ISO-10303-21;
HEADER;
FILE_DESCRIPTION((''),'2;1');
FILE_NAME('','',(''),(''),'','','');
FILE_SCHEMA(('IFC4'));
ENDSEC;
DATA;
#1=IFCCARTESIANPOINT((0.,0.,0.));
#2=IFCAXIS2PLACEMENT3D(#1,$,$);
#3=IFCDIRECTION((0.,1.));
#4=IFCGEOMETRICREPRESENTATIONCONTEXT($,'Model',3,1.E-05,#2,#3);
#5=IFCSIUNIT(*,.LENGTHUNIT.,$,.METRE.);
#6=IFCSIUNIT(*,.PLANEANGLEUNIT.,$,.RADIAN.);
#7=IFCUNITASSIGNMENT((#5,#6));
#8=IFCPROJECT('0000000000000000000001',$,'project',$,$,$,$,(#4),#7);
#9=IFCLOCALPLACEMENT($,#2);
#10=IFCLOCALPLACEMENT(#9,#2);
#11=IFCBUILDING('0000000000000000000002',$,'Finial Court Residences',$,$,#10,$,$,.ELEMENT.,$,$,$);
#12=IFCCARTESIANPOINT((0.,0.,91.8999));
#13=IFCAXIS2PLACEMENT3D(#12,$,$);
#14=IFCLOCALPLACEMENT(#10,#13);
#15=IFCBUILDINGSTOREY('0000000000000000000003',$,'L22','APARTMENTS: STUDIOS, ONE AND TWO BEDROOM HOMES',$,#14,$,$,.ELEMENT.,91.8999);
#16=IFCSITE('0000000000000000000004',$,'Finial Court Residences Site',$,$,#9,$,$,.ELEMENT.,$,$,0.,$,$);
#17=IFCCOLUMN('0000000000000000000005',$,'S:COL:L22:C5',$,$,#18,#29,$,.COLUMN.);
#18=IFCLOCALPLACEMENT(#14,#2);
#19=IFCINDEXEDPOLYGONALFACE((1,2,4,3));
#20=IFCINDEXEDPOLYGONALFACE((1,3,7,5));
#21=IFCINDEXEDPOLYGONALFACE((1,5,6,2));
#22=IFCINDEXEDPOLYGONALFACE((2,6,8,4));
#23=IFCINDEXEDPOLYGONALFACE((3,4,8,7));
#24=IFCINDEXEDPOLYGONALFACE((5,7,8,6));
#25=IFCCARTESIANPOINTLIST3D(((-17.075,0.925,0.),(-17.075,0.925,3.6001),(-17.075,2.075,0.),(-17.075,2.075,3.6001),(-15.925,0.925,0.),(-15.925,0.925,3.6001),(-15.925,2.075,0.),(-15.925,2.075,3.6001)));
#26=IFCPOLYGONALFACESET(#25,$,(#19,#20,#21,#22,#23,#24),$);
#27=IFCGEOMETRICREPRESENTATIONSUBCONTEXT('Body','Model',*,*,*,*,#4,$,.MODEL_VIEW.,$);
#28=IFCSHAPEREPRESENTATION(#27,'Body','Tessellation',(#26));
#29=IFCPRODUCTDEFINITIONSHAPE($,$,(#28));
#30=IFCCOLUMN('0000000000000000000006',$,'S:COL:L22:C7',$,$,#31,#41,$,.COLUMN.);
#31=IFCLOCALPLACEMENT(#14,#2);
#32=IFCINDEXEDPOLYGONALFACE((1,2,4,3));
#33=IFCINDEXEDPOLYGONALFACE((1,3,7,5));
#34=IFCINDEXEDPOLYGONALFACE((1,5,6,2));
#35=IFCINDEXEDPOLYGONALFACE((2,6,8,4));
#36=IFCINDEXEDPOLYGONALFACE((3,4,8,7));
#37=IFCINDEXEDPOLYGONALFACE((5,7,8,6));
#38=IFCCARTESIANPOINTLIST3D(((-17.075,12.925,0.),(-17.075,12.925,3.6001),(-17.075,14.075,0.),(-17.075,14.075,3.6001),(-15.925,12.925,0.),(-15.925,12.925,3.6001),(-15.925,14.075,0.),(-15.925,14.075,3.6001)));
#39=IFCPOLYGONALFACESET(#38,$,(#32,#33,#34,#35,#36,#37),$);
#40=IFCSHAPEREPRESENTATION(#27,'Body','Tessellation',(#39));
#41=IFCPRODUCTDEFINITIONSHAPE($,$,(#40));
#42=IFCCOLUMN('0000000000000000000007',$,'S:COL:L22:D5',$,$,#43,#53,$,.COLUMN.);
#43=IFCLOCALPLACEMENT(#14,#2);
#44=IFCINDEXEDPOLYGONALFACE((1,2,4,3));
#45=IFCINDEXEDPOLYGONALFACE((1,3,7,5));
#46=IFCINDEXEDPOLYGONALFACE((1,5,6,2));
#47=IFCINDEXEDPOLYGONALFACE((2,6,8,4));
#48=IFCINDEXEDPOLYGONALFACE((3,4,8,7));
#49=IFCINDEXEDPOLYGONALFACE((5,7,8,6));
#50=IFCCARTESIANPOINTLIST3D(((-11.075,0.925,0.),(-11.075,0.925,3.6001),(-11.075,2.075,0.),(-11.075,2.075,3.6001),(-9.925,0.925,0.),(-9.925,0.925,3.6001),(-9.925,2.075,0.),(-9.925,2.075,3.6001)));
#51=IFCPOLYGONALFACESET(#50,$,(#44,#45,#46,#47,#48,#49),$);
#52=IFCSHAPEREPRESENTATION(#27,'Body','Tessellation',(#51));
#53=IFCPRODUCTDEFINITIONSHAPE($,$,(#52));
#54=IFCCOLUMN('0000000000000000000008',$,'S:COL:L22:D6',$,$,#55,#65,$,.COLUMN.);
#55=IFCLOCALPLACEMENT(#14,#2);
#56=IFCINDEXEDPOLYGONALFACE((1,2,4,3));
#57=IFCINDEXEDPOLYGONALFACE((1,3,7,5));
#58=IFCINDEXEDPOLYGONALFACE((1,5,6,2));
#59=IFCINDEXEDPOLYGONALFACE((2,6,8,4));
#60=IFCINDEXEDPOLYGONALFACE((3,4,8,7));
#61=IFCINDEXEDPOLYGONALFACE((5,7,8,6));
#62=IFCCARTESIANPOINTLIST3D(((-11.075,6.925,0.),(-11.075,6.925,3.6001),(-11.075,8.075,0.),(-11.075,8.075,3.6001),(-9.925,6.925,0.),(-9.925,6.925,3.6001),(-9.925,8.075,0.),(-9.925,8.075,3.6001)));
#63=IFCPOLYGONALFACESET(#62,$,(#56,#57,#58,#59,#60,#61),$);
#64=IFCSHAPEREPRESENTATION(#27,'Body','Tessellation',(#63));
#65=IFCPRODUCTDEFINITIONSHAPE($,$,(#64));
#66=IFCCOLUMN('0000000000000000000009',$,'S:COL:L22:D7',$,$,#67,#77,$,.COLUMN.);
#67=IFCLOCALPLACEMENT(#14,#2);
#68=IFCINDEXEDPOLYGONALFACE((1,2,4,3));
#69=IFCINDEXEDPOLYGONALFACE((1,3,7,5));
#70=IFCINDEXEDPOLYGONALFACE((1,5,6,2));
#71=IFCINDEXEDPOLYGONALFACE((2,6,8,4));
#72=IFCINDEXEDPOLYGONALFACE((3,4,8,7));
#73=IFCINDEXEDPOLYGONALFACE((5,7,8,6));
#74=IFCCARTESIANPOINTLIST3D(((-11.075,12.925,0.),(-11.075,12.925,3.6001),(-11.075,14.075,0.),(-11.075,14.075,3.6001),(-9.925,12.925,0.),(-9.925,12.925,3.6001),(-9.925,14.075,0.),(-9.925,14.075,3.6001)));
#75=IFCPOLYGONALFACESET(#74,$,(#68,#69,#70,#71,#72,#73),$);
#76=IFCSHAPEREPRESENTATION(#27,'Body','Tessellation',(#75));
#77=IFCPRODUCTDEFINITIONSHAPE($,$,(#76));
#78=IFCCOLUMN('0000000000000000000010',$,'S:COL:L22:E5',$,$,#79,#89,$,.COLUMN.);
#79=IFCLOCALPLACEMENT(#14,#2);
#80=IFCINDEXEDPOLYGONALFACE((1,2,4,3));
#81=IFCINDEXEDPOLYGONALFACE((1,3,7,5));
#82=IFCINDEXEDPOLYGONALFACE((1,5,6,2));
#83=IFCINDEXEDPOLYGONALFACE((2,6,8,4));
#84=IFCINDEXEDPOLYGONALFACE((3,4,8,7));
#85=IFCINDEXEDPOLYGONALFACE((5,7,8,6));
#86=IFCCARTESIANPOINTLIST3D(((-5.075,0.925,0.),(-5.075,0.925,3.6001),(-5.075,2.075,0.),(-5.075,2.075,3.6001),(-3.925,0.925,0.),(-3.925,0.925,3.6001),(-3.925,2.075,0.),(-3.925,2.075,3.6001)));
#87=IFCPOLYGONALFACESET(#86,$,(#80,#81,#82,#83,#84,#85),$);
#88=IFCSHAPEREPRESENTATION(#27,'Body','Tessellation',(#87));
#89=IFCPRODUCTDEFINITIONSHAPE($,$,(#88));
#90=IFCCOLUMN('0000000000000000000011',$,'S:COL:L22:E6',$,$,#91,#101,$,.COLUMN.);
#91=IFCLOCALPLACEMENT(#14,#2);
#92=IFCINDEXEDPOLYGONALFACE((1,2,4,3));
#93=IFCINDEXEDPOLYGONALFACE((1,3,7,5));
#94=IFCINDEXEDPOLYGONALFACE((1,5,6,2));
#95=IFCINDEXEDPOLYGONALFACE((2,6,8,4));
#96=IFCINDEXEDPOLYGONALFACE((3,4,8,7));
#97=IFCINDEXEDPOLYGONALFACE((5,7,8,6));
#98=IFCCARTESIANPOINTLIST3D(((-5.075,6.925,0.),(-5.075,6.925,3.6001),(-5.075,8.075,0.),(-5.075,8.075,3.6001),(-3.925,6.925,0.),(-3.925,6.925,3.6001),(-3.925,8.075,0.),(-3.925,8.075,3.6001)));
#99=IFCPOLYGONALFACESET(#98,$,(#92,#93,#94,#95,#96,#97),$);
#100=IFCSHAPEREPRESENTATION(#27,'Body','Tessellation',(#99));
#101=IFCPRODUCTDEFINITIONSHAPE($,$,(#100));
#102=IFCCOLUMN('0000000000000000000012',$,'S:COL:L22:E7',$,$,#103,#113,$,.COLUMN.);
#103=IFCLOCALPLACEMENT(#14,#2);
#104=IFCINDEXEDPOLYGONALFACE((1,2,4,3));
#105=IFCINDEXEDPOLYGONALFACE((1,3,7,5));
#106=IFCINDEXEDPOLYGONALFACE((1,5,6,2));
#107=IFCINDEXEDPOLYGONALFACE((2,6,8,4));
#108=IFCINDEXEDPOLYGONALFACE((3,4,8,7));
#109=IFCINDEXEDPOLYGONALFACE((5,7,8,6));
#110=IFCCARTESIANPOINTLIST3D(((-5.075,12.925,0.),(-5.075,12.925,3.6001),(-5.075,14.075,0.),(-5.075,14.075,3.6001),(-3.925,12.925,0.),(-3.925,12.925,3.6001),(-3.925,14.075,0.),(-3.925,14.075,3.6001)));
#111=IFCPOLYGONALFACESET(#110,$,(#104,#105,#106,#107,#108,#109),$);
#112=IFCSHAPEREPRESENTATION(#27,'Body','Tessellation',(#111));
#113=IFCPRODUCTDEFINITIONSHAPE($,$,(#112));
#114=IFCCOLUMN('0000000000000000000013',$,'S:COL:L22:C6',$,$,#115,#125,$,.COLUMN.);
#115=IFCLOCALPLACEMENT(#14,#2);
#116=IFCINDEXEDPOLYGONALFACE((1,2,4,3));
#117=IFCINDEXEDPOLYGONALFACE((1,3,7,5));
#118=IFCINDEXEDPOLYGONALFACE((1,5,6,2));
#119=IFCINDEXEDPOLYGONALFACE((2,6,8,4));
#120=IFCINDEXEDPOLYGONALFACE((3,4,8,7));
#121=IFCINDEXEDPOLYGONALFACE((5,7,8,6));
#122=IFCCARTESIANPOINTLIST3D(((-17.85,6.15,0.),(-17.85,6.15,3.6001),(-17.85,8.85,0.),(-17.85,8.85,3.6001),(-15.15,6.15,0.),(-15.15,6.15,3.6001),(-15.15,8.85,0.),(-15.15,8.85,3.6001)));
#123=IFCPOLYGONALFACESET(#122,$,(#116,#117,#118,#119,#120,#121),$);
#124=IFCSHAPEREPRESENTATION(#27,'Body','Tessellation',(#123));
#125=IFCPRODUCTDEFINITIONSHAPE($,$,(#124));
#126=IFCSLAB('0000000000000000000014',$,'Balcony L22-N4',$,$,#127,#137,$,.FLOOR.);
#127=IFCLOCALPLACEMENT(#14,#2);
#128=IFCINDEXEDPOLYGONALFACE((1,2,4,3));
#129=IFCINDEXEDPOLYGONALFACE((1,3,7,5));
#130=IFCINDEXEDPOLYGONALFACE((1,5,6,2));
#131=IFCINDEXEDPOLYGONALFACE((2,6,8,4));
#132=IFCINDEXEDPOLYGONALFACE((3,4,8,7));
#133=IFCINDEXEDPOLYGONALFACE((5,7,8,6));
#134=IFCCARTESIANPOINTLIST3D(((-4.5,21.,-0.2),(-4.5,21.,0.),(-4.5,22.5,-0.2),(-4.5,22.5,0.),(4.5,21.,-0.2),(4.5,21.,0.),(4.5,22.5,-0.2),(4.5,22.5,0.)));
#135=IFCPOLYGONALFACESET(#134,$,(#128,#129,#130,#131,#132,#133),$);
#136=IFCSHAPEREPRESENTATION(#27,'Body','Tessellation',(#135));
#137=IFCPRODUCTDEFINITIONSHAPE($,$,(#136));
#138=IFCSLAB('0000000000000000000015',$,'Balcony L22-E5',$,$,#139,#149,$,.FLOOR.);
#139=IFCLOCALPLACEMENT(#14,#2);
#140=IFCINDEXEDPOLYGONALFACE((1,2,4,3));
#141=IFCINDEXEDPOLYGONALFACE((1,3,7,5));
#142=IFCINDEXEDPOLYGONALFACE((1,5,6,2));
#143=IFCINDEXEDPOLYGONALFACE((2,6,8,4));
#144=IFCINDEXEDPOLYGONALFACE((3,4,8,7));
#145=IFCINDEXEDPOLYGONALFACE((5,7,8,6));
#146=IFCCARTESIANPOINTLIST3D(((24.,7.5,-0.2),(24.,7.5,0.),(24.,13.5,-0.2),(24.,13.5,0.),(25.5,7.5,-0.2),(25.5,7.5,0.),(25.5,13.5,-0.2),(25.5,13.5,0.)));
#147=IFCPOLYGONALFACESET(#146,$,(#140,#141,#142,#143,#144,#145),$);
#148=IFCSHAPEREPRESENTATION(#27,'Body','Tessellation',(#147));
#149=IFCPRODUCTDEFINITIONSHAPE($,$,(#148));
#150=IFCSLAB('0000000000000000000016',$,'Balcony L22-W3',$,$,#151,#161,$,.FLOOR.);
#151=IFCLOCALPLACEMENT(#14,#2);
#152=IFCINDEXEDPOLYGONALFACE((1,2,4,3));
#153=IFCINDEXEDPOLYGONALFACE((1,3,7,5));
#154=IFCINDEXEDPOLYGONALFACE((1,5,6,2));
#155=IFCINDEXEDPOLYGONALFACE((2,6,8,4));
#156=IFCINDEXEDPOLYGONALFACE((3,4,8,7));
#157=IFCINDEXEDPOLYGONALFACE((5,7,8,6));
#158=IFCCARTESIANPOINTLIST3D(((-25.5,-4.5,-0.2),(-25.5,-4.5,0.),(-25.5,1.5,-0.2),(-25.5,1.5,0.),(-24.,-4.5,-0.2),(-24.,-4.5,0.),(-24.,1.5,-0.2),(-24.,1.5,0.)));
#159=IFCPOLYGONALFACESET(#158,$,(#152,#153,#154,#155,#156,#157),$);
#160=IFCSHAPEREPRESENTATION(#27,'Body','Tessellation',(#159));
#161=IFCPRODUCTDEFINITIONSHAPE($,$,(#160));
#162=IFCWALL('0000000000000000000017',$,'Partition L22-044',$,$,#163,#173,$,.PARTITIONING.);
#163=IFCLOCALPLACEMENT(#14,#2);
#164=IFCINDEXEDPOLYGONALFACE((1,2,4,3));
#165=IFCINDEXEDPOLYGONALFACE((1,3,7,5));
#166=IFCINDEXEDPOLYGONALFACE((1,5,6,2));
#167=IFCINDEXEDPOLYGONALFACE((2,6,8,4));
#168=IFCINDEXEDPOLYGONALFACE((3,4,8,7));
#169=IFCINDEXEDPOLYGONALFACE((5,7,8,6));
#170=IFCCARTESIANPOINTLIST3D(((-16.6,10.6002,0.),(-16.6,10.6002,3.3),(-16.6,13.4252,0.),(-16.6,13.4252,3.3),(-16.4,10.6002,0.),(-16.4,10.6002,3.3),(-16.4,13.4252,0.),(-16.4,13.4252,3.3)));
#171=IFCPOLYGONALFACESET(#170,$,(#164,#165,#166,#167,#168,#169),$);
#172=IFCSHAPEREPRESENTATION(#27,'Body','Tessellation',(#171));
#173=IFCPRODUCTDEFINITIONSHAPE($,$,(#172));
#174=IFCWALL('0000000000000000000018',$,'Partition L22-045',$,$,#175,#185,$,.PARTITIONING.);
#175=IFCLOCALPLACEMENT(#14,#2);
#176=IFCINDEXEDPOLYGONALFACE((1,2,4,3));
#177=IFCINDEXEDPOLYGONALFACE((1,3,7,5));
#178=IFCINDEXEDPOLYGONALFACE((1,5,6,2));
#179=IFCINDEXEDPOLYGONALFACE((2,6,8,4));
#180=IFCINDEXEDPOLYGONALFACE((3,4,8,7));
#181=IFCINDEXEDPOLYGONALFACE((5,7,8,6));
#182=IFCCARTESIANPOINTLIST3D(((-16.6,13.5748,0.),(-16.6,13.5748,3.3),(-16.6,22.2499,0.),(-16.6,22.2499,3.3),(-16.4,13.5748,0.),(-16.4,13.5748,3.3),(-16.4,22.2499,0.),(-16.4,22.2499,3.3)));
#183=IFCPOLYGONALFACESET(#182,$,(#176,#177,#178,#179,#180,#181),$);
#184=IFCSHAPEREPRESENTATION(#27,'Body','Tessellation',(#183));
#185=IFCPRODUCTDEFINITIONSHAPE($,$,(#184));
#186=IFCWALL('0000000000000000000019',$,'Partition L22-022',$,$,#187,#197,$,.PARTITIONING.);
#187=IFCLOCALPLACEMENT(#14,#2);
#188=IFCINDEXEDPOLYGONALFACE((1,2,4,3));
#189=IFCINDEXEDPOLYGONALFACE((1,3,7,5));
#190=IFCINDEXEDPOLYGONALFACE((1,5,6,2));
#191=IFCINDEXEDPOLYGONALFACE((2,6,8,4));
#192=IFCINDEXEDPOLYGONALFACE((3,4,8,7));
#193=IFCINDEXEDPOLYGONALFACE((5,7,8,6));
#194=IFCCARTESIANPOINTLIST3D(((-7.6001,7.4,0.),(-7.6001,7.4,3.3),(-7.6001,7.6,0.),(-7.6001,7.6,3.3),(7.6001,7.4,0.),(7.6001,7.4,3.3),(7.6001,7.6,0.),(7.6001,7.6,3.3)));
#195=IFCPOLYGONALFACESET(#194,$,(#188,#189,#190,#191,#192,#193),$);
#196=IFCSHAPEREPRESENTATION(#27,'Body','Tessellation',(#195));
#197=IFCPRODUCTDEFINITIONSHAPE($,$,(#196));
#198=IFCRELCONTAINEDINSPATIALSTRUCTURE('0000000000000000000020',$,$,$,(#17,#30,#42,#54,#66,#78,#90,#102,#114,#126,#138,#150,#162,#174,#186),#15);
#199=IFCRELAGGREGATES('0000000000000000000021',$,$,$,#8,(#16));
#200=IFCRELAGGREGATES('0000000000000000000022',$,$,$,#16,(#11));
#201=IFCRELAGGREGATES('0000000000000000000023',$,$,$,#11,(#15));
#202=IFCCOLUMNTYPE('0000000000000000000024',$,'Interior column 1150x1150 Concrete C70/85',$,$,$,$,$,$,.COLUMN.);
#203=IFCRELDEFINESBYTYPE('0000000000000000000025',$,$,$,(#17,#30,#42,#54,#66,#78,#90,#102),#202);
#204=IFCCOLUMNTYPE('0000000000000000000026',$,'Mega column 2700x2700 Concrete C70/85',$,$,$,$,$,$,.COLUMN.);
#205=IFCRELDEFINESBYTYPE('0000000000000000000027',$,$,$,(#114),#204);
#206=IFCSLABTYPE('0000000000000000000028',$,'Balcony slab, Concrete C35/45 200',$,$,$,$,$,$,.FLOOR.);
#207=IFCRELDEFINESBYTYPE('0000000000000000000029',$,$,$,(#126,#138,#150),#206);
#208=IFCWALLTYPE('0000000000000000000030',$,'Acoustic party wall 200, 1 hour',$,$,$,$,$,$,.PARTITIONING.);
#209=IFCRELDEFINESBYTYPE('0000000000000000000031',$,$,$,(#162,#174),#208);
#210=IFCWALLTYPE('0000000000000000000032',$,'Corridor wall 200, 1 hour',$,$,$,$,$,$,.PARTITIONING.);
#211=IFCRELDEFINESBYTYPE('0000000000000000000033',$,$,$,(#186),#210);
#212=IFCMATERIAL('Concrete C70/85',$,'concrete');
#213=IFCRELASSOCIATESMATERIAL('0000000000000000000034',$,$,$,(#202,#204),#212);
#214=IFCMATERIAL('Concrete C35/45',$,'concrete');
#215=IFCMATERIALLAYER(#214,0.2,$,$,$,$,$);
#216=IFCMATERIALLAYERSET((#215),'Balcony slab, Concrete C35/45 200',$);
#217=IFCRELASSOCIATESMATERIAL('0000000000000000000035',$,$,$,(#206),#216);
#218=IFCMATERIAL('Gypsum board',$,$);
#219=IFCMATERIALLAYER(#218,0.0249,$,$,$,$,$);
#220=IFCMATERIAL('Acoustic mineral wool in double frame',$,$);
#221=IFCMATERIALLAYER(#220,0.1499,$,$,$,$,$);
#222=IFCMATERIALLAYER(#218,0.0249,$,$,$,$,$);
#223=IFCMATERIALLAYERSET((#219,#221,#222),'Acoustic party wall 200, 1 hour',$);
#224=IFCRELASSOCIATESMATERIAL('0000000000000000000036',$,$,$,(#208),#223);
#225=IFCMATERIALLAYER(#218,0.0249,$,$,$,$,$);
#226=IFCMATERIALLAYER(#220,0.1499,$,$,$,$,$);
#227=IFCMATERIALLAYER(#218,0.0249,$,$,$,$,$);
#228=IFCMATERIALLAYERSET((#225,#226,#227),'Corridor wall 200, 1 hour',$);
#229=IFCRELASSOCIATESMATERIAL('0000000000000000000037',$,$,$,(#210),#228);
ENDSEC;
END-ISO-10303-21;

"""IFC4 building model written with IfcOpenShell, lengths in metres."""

from ifc_helpers import new_model, si_unit, direction, frame, frame_2d, origin, origin_2d, place, context, subcontext, project, spatial, polyline, rectangle, outline, extrude, material, layer, layer_set, material_profile, profile_set, type_object, element, save


model = new_model("IFC4")

# Units and contexts
model_context = context("Model", 3, precision=1e-05, world=origin(), true_north=direction((0.0, 1.0)))
body_context = subcontext(model_context, "Body", "Model", "MODEL_VIEW")
ifc_project = project(units=[si_unit("LENGTHUNIT", "METRE"), si_unit("PLANEANGLEUNIT", "RADIAN")], contexts=[model_context])

# Site, building, storey
site_placement = place(None, origin())
site = spatial("IfcSite", under=ifc_project, at=site_placement, Name="Finial Court Residences Site", CompositionType="ELEMENT", RefElevation=0.0)
building_placement = place(site_placement, origin())
building = spatial("IfcBuilding", under=site, at=building_placement, Name="Finial Court Residences", CompositionType="ELEMENT")
storey_placement = place(building_placement, frame((0.0, 0.0, 91.8999)))
storey = spatial("IfcBuildingStorey", under=building, at=storey_placement, Name="L22", Description="APARTMENTS: STUDIOS, ONE AND TWO BEDROOM HOMES", CompositionType="ELEMENT", Elevation=91.8999)

# Columns
ifc_material_1 = material(Name="Concrete C70/85", Category="concrete")
ifc_material_profile_1 = material_profile(ifc_material_1, rectangle(XDim=1.1499, YDim=1.1499, at=origin_2d()), Name="1150x1150")
ifc_profile_set_1 = profile_set([ifc_material_profile_1], Name="Concrete C70/85")
column_type_1 = type_object("IfcColumnType", Name="Interior column 1150x1150 Concrete C70/85", PredefinedType="COLUMN", material=ifc_profile_set_1)
for number, where, z_axis, x_axis, name in (
    (1, (-16.5, 1.5, 0.0), (0.0, 0.0, 1.0), (1.0, 0.0, 0.0), "S:COL:L22:C5"),
    (2, (-16.5, 13.5, 0.0), (0.0, 0.0, 1.0), (1.0, 0.0, 0.0), "S:COL:L22:C7"),
    (3, (-10.5, 1.5, 0.0), (0.0, 0.0, 1.0), (1.0, 0.0, 0.0), "S:COL:L22:D5"),
    (4, (-10.5, 7.5, 0.0), (0.0, 0.0, 1.0), (1.0, 0.0, 0.0), "S:COL:L22:D6"),
    (5, (-10.5, 13.5, 0.0), (0.0, 0.0, 1.0), (1.0, 0.0, 0.0), "S:COL:L22:D7"),
    (6, (-4.5, 1.5, 0.0), (0.0, 0.0, 1.0), (1.0, 0.0, 0.0), "S:COL:L22:E5"),
    (7, (-4.5, 7.5, 0.0), (0.0, 0.0, 1.0), (1.0, 0.0, 0.0), "S:COL:L22:E6"),
    (8, (-4.5, 13.5, 0.0), (0.0, 0.0, 1.0), (1.0, 0.0, 0.0), "S:COL:L22:E7"),
):
    element("IfcColumn", number, at=place(storey_placement, frame(where, z_axis=z_axis, x_axis=x_axis)), inside=storey, type_object=column_type_1, Name=name, PredefinedType="COLUMN", context=body_context, shape_type="SweptSolid", body=[
        extrude(rectangle(XDim=1.1499, YDim=1.1499, at=origin_2d()), origin(), (0.0, 0.0, 1.0), 3.6001),
    ])
ifc_material_profile_2 = material_profile(ifc_material_1, rectangle(XDim=2.7, YDim=2.7, at=origin_2d()), Name="2700x2700")
ifc_profile_set_2 = profile_set([ifc_material_profile_2], Name="Concrete C70/85")
column_type_2 = type_object("IfcColumnType", Name="Mega column 2700x2700 Concrete C70/85", PredefinedType="COLUMN", material=ifc_profile_set_2)
column_placement = place(storey_placement, frame((-16.5, 7.5, 0.0), z_axis=(0.0, 0.0, 1.0), x_axis=(1.0, 0.0, 0.0)))
element("IfcColumn", 9, at=column_placement, inside=storey, type_object=column_type_2, Name="S:COL:L22:C6", PredefinedType="COLUMN", context=body_context, shape_type="SweptSolid", body=[
    extrude(rectangle(XDim=2.7, YDim=2.7, at=origin_2d()), origin(), (0.0, 0.0, 1.0), 3.6001),
])

# Slabs
ifc_material_2 = material(Name="Concrete C35/45", Category="concrete")
ifc_layer_1 = layer(ifc_material_2, 0.2)
ifc_layer_set_1 = layer_set([ifc_layer_1], Name="Balcony slab, Concrete C35/45 200")
slab_type = type_object("IfcSlabType", Name="Balcony slab, Concrete C35/45 200", PredefinedType="FLOOR", material=ifc_layer_set_1)
slab_1_placement = place(storey_placement, frame((0.0, 0.0, -0.2)))
element("IfcSlab", 10, at=slab_1_placement, inside=storey, type_object=slab_type, Name="Balcony L22-N4", PredefinedType="FLOOR", context=body_context, shape_type="SweptSolid", body=[
    extrude(outline(polyline([(4.5, 21.0), (4.5, 22.5), (-4.5, 22.5), (-4.5, 21.0), (4.5, 21.0)])), origin(), (0.0, 0.0, 1.0), 0.2),
])
slab_2_placement = place(storey_placement, frame((0.0, 0.0, -0.2)))
element("IfcSlab", 11, at=slab_2_placement, inside=storey, type_object=slab_type, Name="Balcony L22-E5", PredefinedType="FLOOR", context=body_context, shape_type="SweptSolid", body=[
    extrude(outline(polyline([(25.5, 7.5), (25.5, 13.5), (24.0, 13.5), (24.0, 7.5), (25.5, 7.5)])), origin(), (0.0, 0.0, 1.0), 0.2),
])
slab_3_placement = place(storey_placement, frame((0.0, 0.0, -0.2)))
element("IfcSlab", 12, at=slab_3_placement, inside=storey, type_object=slab_type, Name="Balcony L22-W3", PredefinedType="FLOOR", context=body_context, shape_type="SweptSolid", body=[
    extrude(outline(polyline([(-24.0, -4.5), (-24.0, 1.5), (-25.5, 1.5), (-25.5, -4.5), (-24.0, -4.5)])), origin(), (0.0, 0.0, 1.0), 0.2),
])

# Walls
ifc_material_3 = material(Name="Gypsum board")
ifc_layer_2 = layer(ifc_material_3, 0.0249)
ifc_material_4 = material(Name="Acoustic mineral wool in double frame")
ifc_layer_3 = layer(ifc_material_4, 0.1499)
ifc_layer_4 = layer(ifc_material_3, 0.0249)
ifc_layer_set_2 = layer_set([ifc_layer_2, ifc_layer_3, ifc_layer_4], Name="Acoustic party wall 200, 1 hour")
wall_type_1 = type_object("IfcWallType", Name="Acoustic party wall 200, 1 hour", PredefinedType="PARTITIONING", material=ifc_layer_set_2)
wall_1_placement = place(storey_placement, frame((-16.5, 10.6001, 0.0), z_axis=(0.0, 0.0, 1.0), x_axis=(0.0, 1.0, 0.0)))
element("IfcWall", 13, at=wall_1_placement, inside=storey, type_object=wall_type_1, Name="Partition L22-044", PredefinedType="PARTITIONING", context=body_context, shape_type="SweptSolid", body=[
    extrude(rectangle(XDim=2.825, YDim=0.2, at=frame_2d((1.4126, 0.0))), origin(), (0.0, 0.0, 1.0), 3.3),
])
wall_2_placement = place(storey_placement, frame((-16.5, 13.575, 0.0), z_axis=(0.0, 0.0, 1.0), x_axis=(0.0, 1.0, 0.0)))
element("IfcWall", 14, at=wall_2_placement, inside=storey, type_object=wall_type_1, Name="Partition L22-045", PredefinedType="PARTITIONING", context=body_context, shape_type="SweptSolid", body=[
    extrude(rectangle(XDim=8.675, YDim=0.2, at=frame_2d((4.3374, 0.0))), origin(), (0.0, 0.0, 1.0), 3.3),
])
ifc_layer_5 = layer(ifc_material_3, 0.0249)
ifc_layer_6 = layer(ifc_material_4, 0.1499)
ifc_layer_7 = layer(ifc_material_3, 0.0249)
ifc_layer_set_3 = layer_set([ifc_layer_5, ifc_layer_6, ifc_layer_7], Name="Corridor wall 200, 1 hour")
wall_type_2 = type_object("IfcWallType", Name="Corridor wall 200, 1 hour", PredefinedType="PARTITIONING", material=ifc_layer_set_3)
wall_3_placement = place(storey_placement, frame((-7.6001, 7.5, 0.0), z_axis=(0.0, 0.0, 1.0), x_axis=(1.0, 0.0, 0.0)))
element("IfcWall", 15, at=wall_3_placement, inside=storey, type_object=wall_type_2, Name="Partition L22-022", PredefinedType="PARTITIONING", context=body_context, shape_type="SweptSolid", body=[
    extrude(rectangle(XDim=15.2002, YDim=0.2, at=frame_2d((7.6001, 0.0))), origin(), (0.0, 0.0, 1.0), 3.3),
])

save(model, "model.ifc")
